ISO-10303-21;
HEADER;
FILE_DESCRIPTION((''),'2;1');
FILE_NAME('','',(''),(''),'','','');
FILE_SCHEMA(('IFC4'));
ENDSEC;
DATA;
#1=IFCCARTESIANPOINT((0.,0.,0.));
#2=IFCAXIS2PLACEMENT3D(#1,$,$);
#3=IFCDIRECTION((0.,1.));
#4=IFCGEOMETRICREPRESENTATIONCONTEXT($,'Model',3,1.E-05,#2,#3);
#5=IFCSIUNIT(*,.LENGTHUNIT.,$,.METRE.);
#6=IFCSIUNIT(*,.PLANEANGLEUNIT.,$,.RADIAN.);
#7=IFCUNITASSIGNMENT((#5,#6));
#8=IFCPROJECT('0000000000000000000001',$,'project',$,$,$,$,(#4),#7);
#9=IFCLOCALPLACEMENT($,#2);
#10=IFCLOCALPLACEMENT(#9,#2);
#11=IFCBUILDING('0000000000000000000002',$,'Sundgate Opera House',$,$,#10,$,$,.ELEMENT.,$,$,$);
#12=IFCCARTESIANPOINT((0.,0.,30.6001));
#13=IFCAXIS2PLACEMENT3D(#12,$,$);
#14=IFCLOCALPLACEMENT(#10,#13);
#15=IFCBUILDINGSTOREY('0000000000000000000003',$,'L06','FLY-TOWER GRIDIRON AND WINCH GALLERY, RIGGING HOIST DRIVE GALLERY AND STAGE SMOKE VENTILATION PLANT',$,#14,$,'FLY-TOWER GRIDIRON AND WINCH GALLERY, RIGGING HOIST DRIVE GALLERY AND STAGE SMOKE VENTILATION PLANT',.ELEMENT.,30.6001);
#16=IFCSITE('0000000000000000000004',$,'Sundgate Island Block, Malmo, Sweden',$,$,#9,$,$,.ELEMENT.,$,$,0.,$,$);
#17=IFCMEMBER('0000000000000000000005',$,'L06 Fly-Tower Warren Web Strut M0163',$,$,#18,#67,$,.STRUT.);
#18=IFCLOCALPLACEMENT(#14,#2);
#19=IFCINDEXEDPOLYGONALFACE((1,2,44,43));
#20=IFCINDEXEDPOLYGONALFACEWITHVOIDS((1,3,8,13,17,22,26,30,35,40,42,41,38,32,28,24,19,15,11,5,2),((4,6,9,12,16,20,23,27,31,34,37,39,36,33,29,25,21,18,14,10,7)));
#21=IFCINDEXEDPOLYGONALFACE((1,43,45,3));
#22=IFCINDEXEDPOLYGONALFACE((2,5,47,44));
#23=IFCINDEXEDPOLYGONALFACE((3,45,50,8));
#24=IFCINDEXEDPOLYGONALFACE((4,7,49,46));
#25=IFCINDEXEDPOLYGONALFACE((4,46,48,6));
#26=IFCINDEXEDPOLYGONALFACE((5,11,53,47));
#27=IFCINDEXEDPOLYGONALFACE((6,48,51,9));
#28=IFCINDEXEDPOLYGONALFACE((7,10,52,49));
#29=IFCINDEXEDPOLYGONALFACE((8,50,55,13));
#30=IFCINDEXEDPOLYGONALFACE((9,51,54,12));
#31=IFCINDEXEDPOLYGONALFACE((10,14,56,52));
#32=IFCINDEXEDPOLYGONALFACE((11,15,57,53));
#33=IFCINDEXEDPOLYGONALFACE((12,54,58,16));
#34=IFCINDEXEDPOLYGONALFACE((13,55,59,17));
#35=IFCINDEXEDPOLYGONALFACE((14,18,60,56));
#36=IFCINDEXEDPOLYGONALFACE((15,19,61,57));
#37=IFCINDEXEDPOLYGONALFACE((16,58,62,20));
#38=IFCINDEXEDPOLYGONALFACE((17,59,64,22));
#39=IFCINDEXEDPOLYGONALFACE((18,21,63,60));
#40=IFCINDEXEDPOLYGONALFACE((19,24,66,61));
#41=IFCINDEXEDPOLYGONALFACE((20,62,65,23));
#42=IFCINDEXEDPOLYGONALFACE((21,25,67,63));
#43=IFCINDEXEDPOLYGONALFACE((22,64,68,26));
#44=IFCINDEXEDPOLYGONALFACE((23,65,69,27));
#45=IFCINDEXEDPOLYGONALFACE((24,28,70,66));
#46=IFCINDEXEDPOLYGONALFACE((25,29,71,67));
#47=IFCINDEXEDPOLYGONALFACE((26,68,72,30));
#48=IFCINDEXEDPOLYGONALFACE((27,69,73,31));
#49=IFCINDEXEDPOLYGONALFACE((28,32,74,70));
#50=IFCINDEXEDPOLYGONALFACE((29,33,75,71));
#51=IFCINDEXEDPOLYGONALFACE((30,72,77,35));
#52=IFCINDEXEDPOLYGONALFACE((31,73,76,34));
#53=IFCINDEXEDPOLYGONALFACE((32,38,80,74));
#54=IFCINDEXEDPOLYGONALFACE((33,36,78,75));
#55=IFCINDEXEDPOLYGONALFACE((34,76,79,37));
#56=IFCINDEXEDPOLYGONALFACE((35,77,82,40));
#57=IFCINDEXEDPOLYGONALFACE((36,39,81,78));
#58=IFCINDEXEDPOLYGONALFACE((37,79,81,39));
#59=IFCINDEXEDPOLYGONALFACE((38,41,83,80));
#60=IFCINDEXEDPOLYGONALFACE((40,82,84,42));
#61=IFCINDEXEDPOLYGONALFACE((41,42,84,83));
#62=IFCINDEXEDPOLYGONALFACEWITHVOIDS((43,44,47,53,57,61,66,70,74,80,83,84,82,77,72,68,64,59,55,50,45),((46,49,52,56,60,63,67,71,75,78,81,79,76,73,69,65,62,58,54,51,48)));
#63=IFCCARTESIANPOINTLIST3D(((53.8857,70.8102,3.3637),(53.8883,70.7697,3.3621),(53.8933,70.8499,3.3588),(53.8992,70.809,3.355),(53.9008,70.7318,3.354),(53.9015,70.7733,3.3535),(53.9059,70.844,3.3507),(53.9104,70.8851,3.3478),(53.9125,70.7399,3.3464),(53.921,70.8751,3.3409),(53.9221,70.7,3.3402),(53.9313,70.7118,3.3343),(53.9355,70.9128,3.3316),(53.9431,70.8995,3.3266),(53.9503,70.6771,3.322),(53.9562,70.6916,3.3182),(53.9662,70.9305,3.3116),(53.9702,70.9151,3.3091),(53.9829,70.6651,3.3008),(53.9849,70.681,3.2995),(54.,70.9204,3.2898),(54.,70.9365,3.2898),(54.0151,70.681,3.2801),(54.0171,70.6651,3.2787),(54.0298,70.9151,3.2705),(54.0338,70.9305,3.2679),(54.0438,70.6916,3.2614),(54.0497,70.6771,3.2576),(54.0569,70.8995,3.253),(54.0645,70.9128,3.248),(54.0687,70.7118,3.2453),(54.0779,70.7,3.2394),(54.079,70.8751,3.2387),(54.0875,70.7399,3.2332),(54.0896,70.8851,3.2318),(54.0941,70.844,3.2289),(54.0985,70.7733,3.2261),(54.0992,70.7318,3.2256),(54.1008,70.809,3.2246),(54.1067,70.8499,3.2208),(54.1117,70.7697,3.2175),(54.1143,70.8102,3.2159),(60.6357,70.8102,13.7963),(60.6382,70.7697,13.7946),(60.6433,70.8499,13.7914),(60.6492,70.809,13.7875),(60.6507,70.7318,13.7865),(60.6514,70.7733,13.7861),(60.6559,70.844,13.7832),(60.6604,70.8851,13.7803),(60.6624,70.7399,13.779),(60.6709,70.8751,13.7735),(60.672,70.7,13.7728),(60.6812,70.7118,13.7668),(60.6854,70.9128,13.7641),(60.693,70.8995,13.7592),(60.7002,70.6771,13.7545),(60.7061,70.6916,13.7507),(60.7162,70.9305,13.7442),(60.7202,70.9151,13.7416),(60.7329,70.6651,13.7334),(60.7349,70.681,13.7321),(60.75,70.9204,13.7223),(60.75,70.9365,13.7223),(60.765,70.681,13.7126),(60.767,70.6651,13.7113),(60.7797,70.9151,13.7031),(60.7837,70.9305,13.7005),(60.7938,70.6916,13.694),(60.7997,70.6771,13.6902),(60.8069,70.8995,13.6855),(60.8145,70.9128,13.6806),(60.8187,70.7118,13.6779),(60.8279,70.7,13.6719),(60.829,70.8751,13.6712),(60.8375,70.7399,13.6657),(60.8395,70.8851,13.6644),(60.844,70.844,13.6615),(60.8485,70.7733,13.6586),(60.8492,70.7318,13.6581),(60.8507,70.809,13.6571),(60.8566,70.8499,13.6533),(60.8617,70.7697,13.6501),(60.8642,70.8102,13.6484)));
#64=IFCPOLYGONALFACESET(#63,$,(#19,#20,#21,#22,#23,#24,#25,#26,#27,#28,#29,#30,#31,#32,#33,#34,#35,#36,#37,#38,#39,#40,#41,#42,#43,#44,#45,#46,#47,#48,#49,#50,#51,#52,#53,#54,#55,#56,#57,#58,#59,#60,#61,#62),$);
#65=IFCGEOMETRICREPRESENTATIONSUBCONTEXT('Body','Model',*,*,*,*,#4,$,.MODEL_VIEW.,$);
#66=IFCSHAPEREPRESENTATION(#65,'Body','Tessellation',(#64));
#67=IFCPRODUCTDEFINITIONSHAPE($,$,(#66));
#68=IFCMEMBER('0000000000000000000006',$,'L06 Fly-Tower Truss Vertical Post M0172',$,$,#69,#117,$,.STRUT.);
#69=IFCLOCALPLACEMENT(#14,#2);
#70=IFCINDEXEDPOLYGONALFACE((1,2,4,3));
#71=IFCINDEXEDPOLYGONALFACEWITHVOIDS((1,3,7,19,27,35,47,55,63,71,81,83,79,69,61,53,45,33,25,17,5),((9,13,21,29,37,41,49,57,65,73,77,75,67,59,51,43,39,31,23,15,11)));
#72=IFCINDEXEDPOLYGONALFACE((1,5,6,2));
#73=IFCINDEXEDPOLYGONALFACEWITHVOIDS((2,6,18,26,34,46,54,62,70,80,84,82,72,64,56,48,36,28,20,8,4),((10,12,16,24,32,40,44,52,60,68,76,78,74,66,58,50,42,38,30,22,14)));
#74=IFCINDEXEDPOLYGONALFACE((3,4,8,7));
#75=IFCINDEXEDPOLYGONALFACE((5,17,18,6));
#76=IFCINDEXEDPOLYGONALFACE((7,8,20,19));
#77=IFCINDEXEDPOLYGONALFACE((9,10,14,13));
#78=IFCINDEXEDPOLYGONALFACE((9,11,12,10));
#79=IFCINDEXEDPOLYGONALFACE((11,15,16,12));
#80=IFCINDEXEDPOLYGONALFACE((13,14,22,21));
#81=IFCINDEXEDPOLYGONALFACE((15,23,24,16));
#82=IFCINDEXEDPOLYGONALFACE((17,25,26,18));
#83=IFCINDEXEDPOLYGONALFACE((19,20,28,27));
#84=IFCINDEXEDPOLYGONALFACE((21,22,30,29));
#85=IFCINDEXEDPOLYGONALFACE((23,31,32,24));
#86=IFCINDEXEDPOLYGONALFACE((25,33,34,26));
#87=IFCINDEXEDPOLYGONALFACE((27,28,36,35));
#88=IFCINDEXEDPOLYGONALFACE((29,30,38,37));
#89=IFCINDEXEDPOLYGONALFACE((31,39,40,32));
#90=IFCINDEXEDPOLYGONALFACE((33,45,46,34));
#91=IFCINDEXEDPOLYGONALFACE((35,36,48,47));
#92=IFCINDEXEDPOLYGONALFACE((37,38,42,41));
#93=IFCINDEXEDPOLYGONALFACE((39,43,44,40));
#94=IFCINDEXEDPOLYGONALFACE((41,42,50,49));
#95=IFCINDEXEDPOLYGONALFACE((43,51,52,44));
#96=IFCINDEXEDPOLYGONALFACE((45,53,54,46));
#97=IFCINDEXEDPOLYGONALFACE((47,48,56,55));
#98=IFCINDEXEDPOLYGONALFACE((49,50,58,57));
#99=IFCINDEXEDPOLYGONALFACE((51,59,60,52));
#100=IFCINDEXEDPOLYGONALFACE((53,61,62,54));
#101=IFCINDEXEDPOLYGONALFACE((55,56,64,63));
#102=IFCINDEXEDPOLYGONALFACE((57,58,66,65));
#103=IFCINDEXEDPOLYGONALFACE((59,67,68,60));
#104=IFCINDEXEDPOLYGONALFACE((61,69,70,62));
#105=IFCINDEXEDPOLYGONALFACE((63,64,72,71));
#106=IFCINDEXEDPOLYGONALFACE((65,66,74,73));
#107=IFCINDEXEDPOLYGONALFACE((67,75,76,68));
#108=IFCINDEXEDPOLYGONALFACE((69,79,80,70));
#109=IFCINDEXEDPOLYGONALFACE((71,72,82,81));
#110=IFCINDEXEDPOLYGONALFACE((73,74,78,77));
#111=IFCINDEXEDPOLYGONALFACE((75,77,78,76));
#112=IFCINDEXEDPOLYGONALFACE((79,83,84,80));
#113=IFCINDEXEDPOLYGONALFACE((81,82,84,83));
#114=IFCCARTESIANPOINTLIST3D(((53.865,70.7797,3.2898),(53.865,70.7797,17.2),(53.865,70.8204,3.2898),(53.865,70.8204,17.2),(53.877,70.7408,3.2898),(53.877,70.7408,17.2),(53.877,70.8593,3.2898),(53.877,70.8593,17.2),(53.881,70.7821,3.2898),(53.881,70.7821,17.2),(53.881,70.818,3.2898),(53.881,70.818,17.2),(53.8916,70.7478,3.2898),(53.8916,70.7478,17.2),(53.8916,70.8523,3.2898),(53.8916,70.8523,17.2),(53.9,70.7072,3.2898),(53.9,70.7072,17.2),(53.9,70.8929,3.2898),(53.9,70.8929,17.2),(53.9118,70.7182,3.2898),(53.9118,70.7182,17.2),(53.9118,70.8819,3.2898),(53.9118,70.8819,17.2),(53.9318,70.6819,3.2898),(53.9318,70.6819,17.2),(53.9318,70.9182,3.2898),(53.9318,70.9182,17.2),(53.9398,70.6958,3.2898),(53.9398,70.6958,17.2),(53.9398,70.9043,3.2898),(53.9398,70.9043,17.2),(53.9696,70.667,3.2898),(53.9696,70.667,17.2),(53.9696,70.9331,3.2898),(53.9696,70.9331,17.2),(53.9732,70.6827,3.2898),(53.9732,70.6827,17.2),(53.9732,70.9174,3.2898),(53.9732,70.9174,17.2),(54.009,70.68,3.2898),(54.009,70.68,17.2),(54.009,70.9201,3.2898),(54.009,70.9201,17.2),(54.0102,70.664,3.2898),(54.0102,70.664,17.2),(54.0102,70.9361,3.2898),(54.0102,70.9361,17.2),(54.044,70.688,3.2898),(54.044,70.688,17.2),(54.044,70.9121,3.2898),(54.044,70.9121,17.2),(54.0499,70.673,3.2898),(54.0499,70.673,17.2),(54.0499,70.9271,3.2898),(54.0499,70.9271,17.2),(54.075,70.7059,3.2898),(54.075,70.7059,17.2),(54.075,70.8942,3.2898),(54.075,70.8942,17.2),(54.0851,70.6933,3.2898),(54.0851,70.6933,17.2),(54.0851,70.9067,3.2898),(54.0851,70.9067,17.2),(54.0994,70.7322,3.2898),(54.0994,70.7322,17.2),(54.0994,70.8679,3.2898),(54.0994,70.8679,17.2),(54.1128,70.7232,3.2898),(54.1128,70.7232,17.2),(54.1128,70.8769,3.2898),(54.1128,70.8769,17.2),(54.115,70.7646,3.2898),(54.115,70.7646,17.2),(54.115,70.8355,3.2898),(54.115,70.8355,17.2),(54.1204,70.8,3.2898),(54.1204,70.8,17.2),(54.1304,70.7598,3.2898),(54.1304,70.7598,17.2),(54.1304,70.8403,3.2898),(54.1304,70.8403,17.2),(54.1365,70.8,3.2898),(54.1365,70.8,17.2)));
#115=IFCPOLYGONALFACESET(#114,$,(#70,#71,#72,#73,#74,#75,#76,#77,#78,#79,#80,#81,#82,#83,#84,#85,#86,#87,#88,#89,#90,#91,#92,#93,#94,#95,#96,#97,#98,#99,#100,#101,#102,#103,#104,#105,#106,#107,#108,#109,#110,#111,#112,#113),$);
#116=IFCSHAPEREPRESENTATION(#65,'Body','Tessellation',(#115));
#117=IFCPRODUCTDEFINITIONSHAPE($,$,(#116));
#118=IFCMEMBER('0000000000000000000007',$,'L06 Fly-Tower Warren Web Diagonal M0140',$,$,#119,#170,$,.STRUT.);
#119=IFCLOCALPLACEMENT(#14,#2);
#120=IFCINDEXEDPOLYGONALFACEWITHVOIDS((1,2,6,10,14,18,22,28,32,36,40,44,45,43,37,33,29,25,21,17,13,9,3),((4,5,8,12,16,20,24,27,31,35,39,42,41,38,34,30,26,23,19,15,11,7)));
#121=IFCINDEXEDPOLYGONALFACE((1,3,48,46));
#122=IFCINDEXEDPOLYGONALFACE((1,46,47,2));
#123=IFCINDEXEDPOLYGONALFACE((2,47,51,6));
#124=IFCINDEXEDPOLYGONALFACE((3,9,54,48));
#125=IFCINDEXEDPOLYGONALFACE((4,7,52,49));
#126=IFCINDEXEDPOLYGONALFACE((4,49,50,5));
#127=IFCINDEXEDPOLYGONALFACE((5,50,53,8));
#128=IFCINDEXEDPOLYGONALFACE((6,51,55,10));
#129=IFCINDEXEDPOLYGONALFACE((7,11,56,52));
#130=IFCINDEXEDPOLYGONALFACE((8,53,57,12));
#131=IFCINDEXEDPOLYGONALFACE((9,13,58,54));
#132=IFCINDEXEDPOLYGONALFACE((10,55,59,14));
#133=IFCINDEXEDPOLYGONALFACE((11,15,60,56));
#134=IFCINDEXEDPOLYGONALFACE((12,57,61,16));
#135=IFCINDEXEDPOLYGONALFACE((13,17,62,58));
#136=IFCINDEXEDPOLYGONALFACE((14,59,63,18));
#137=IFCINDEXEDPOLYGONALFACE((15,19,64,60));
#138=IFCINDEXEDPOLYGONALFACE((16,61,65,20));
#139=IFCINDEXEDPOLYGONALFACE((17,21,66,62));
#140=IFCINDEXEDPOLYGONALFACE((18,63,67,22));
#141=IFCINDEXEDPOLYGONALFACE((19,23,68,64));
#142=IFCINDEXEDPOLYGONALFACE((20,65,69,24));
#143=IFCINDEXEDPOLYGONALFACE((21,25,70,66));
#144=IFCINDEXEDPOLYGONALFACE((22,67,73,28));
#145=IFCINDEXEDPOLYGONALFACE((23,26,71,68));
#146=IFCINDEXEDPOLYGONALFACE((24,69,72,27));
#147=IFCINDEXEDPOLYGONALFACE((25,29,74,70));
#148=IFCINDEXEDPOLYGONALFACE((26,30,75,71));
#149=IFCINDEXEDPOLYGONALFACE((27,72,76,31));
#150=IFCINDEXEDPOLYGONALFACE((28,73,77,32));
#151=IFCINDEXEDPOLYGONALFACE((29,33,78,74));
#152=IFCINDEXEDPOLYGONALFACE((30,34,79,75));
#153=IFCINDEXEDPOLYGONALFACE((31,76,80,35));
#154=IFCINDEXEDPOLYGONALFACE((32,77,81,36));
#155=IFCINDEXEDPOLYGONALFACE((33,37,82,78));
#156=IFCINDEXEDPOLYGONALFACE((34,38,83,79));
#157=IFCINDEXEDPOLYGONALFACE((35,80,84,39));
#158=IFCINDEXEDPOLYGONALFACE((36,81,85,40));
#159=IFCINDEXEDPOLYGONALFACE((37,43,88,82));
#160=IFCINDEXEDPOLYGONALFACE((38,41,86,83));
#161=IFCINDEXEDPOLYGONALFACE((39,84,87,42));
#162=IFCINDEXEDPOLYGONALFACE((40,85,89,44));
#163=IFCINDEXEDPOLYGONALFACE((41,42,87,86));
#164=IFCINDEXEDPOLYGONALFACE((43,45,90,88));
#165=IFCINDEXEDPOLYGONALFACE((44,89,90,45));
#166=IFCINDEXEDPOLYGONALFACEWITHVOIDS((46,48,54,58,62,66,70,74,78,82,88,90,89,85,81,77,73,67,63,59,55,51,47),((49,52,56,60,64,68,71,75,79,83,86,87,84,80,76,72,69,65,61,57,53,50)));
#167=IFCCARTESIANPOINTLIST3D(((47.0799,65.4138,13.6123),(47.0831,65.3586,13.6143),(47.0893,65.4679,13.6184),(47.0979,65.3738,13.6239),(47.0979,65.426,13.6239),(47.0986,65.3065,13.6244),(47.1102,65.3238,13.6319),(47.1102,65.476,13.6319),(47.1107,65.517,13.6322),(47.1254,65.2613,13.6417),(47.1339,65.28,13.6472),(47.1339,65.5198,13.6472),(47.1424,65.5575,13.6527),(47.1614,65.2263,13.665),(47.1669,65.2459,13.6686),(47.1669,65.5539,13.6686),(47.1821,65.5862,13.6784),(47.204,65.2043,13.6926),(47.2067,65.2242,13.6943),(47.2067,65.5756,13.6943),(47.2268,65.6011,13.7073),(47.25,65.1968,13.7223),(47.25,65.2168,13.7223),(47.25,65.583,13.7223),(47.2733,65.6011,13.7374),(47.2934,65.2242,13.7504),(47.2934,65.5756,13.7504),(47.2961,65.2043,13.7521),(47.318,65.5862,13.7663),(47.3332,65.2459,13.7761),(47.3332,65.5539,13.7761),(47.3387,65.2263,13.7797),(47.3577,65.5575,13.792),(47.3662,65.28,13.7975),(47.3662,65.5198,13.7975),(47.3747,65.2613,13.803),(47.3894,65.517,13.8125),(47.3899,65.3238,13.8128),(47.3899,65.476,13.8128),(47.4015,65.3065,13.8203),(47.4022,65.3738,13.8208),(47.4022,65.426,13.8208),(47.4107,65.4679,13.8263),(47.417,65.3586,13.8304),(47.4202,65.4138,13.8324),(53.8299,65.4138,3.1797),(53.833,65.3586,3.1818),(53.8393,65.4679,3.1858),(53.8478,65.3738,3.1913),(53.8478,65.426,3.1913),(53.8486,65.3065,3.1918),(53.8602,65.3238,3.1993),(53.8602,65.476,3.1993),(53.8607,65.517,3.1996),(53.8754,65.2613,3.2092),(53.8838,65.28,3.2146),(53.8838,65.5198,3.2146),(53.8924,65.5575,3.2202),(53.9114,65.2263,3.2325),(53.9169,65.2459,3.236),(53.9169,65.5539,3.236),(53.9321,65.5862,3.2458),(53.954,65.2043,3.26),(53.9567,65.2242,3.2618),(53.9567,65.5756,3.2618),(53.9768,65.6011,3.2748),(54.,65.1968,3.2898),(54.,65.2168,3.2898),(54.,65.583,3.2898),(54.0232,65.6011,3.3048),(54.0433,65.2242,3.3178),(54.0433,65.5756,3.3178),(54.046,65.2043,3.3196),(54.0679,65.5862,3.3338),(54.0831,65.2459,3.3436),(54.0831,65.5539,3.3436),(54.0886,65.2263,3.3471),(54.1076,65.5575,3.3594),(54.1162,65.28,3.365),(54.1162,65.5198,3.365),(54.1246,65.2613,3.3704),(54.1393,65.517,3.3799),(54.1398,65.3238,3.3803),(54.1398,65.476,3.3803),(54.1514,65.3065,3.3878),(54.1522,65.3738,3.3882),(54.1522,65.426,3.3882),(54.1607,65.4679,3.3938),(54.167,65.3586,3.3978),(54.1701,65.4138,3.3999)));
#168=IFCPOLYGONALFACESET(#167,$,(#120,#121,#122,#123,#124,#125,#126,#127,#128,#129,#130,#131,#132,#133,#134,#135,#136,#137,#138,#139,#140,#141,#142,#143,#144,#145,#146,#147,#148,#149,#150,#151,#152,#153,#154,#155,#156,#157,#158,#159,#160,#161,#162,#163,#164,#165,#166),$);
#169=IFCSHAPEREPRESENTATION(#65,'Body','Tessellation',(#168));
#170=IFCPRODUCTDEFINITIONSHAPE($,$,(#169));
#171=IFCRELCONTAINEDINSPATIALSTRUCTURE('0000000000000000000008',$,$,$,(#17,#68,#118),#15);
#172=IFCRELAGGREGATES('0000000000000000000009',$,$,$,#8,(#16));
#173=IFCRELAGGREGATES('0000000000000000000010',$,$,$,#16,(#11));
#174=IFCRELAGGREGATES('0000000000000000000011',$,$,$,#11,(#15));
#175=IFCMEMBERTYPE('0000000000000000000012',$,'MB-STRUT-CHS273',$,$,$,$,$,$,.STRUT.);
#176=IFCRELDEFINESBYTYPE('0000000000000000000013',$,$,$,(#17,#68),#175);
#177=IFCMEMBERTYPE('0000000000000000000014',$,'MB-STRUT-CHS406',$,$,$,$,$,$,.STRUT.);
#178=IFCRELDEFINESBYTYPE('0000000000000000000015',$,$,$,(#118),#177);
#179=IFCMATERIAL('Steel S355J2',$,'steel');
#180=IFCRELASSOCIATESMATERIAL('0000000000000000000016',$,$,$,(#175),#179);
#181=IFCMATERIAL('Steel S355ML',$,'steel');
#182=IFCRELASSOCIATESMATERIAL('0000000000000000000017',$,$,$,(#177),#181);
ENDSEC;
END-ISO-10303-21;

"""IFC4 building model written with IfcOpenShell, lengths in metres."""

from ifc_helpers import new_model, si_unit, direction, frame, origin, origin_2d, place, context, subcontext, project, spatial, hollow_circle, extrude, material, material_profile, profile_set, type_object, element, save


model = new_model("IFC4")

# Units and contexts
model_context = context("Model", 3, precision=1e-05, world=origin(), true_north=direction((0.0, 1.0)))
body_context = subcontext(model_context, "Body", "Model", "MODEL_VIEW")
ifc_project = project(units=[si_unit("LENGTHUNIT", "METRE"), si_unit("PLANEANGLEUNIT", "RADIAN")], contexts=[model_context])

# Site, building, storey
site_placement = place(None, origin())
site = spatial("IfcSite", under=ifc_project, at=site_placement, Name="Sundgate Island Block, Malmo, Sweden", CompositionType="ELEMENT", RefElevation=0.0)
building_placement = place(site_placement, origin())
building = spatial("IfcBuilding", under=site, at=building_placement, Name="Sundgate Opera House", CompositionType="ELEMENT")
storey_placement = place(building_placement, frame((0.0, 0.0, 30.6001)))
storey = spatial("IfcBuildingStorey", under=building, at=storey_placement, Name="L06", Description="FLY-TOWER GRIDIRON AND WINCH GALLERY, RIGGING HOIST DRIVE GALLERY AND STAGE SMOKE VENTILATION PLANT", LongName="FLY-TOWER GRIDIRON AND WINCH GALLERY, RIGGING HOIST DRIVE GALLERY AND STAGE SMOKE VENTILATION PLANT", CompositionType="ELEMENT", Elevation=30.6001)

# Members
ifc_material_1 = material(Name="Steel S355J2", Category="steel")
ifc_material_profile_1 = material_profile(ifc_material_1, hollow_circle(Radius=0.1365, WallThickness=0.0161, at=origin_2d()), Name="CHS 273.0x16.0")
ifc_profile_set_1 = profile_set([ifc_material_profile_1], Name="Steel S355J2")
member_type_1 = type_object("IfcMemberType", Name="MB-STRUT-CHS273", PredefinedType="STRUT", material=ifc_profile_set_1)
member_1_placement = place(storey_placement, frame((54.0, 70.8, 3.2898), z_axis=(0.543222, 0.0, 0.839589), x_axis=(0.0, 1.0, 0.0)))
element("IfcMember", 1, at=member_1_placement, inside=storey, type_object=member_type_1, Name="L06 Fly-Tower Warren Web Strut M0163", PredefinedType="STRUT", context=body_context, shape_type="SweptSolid", body=[
    extrude(hollow_circle(Radius=0.1365, WallThickness=0.0161, at=origin_2d()), origin(), (0.0, 0.0, 1.0), 12.4258),
])
member_2_placement = place(storey_placement, frame((54.0, 70.8, 3.2898), z_axis=(0.0, 0.0, 1.0), x_axis=(1.0, 0.0, 0.0)))
element("IfcMember", 2, at=member_2_placement, inside=storey, type_object=member_type_1, Name="L06 Fly-Tower Truss Vertical Post M0172", PredefinedType="STRUT", context=body_context, shape_type="SweptSolid", body=[
    extrude(hollow_circle(Radius=0.1365, WallThickness=0.0161, at=origin_2d()), origin(), (0.0, 0.0, 1.0), 13.9102),
])
ifc_material_2 = material(Name="Steel S355ML", Category="steel")
ifc_material_profile_2 = material_profile(ifc_material_2, hollow_circle(Radius=0.2031, WallThickness=0.02, at=origin_2d()), Name="CHS 406.4x20.0")
ifc_profile_set_2 = profile_set([ifc_material_profile_2], Name="Steel S355ML")
member_type_2 = type_object("IfcMemberType", Name="MB-STRUT-CHS406", PredefinedType="STRUT", material=ifc_profile_set_2)
for number, where, z_axis, x_axis, name in (
    (3, (54.0, 65.3999, 3.2898), (-0.543222, 0.0, 0.839589), (0.0, -1.0, 0.0), "L06 Fly-Tower Warren Web Diagonal M0140"),
):
    element("IfcMember", number, at=place(storey_placement, frame(where, z_axis=z_axis, x_axis=x_axis)), inside=storey, type_object=member_type_2, Name=name, PredefinedType="STRUT", context=body_context, shape_type="SweptSolid", body=[
        extrude(hollow_circle(Radius=0.2031, WallThickness=0.02, at=origin_2d()), origin(), (0.0, 0.0, 1.0), 12.4258),
    ])

save(model, "model.ifc")
